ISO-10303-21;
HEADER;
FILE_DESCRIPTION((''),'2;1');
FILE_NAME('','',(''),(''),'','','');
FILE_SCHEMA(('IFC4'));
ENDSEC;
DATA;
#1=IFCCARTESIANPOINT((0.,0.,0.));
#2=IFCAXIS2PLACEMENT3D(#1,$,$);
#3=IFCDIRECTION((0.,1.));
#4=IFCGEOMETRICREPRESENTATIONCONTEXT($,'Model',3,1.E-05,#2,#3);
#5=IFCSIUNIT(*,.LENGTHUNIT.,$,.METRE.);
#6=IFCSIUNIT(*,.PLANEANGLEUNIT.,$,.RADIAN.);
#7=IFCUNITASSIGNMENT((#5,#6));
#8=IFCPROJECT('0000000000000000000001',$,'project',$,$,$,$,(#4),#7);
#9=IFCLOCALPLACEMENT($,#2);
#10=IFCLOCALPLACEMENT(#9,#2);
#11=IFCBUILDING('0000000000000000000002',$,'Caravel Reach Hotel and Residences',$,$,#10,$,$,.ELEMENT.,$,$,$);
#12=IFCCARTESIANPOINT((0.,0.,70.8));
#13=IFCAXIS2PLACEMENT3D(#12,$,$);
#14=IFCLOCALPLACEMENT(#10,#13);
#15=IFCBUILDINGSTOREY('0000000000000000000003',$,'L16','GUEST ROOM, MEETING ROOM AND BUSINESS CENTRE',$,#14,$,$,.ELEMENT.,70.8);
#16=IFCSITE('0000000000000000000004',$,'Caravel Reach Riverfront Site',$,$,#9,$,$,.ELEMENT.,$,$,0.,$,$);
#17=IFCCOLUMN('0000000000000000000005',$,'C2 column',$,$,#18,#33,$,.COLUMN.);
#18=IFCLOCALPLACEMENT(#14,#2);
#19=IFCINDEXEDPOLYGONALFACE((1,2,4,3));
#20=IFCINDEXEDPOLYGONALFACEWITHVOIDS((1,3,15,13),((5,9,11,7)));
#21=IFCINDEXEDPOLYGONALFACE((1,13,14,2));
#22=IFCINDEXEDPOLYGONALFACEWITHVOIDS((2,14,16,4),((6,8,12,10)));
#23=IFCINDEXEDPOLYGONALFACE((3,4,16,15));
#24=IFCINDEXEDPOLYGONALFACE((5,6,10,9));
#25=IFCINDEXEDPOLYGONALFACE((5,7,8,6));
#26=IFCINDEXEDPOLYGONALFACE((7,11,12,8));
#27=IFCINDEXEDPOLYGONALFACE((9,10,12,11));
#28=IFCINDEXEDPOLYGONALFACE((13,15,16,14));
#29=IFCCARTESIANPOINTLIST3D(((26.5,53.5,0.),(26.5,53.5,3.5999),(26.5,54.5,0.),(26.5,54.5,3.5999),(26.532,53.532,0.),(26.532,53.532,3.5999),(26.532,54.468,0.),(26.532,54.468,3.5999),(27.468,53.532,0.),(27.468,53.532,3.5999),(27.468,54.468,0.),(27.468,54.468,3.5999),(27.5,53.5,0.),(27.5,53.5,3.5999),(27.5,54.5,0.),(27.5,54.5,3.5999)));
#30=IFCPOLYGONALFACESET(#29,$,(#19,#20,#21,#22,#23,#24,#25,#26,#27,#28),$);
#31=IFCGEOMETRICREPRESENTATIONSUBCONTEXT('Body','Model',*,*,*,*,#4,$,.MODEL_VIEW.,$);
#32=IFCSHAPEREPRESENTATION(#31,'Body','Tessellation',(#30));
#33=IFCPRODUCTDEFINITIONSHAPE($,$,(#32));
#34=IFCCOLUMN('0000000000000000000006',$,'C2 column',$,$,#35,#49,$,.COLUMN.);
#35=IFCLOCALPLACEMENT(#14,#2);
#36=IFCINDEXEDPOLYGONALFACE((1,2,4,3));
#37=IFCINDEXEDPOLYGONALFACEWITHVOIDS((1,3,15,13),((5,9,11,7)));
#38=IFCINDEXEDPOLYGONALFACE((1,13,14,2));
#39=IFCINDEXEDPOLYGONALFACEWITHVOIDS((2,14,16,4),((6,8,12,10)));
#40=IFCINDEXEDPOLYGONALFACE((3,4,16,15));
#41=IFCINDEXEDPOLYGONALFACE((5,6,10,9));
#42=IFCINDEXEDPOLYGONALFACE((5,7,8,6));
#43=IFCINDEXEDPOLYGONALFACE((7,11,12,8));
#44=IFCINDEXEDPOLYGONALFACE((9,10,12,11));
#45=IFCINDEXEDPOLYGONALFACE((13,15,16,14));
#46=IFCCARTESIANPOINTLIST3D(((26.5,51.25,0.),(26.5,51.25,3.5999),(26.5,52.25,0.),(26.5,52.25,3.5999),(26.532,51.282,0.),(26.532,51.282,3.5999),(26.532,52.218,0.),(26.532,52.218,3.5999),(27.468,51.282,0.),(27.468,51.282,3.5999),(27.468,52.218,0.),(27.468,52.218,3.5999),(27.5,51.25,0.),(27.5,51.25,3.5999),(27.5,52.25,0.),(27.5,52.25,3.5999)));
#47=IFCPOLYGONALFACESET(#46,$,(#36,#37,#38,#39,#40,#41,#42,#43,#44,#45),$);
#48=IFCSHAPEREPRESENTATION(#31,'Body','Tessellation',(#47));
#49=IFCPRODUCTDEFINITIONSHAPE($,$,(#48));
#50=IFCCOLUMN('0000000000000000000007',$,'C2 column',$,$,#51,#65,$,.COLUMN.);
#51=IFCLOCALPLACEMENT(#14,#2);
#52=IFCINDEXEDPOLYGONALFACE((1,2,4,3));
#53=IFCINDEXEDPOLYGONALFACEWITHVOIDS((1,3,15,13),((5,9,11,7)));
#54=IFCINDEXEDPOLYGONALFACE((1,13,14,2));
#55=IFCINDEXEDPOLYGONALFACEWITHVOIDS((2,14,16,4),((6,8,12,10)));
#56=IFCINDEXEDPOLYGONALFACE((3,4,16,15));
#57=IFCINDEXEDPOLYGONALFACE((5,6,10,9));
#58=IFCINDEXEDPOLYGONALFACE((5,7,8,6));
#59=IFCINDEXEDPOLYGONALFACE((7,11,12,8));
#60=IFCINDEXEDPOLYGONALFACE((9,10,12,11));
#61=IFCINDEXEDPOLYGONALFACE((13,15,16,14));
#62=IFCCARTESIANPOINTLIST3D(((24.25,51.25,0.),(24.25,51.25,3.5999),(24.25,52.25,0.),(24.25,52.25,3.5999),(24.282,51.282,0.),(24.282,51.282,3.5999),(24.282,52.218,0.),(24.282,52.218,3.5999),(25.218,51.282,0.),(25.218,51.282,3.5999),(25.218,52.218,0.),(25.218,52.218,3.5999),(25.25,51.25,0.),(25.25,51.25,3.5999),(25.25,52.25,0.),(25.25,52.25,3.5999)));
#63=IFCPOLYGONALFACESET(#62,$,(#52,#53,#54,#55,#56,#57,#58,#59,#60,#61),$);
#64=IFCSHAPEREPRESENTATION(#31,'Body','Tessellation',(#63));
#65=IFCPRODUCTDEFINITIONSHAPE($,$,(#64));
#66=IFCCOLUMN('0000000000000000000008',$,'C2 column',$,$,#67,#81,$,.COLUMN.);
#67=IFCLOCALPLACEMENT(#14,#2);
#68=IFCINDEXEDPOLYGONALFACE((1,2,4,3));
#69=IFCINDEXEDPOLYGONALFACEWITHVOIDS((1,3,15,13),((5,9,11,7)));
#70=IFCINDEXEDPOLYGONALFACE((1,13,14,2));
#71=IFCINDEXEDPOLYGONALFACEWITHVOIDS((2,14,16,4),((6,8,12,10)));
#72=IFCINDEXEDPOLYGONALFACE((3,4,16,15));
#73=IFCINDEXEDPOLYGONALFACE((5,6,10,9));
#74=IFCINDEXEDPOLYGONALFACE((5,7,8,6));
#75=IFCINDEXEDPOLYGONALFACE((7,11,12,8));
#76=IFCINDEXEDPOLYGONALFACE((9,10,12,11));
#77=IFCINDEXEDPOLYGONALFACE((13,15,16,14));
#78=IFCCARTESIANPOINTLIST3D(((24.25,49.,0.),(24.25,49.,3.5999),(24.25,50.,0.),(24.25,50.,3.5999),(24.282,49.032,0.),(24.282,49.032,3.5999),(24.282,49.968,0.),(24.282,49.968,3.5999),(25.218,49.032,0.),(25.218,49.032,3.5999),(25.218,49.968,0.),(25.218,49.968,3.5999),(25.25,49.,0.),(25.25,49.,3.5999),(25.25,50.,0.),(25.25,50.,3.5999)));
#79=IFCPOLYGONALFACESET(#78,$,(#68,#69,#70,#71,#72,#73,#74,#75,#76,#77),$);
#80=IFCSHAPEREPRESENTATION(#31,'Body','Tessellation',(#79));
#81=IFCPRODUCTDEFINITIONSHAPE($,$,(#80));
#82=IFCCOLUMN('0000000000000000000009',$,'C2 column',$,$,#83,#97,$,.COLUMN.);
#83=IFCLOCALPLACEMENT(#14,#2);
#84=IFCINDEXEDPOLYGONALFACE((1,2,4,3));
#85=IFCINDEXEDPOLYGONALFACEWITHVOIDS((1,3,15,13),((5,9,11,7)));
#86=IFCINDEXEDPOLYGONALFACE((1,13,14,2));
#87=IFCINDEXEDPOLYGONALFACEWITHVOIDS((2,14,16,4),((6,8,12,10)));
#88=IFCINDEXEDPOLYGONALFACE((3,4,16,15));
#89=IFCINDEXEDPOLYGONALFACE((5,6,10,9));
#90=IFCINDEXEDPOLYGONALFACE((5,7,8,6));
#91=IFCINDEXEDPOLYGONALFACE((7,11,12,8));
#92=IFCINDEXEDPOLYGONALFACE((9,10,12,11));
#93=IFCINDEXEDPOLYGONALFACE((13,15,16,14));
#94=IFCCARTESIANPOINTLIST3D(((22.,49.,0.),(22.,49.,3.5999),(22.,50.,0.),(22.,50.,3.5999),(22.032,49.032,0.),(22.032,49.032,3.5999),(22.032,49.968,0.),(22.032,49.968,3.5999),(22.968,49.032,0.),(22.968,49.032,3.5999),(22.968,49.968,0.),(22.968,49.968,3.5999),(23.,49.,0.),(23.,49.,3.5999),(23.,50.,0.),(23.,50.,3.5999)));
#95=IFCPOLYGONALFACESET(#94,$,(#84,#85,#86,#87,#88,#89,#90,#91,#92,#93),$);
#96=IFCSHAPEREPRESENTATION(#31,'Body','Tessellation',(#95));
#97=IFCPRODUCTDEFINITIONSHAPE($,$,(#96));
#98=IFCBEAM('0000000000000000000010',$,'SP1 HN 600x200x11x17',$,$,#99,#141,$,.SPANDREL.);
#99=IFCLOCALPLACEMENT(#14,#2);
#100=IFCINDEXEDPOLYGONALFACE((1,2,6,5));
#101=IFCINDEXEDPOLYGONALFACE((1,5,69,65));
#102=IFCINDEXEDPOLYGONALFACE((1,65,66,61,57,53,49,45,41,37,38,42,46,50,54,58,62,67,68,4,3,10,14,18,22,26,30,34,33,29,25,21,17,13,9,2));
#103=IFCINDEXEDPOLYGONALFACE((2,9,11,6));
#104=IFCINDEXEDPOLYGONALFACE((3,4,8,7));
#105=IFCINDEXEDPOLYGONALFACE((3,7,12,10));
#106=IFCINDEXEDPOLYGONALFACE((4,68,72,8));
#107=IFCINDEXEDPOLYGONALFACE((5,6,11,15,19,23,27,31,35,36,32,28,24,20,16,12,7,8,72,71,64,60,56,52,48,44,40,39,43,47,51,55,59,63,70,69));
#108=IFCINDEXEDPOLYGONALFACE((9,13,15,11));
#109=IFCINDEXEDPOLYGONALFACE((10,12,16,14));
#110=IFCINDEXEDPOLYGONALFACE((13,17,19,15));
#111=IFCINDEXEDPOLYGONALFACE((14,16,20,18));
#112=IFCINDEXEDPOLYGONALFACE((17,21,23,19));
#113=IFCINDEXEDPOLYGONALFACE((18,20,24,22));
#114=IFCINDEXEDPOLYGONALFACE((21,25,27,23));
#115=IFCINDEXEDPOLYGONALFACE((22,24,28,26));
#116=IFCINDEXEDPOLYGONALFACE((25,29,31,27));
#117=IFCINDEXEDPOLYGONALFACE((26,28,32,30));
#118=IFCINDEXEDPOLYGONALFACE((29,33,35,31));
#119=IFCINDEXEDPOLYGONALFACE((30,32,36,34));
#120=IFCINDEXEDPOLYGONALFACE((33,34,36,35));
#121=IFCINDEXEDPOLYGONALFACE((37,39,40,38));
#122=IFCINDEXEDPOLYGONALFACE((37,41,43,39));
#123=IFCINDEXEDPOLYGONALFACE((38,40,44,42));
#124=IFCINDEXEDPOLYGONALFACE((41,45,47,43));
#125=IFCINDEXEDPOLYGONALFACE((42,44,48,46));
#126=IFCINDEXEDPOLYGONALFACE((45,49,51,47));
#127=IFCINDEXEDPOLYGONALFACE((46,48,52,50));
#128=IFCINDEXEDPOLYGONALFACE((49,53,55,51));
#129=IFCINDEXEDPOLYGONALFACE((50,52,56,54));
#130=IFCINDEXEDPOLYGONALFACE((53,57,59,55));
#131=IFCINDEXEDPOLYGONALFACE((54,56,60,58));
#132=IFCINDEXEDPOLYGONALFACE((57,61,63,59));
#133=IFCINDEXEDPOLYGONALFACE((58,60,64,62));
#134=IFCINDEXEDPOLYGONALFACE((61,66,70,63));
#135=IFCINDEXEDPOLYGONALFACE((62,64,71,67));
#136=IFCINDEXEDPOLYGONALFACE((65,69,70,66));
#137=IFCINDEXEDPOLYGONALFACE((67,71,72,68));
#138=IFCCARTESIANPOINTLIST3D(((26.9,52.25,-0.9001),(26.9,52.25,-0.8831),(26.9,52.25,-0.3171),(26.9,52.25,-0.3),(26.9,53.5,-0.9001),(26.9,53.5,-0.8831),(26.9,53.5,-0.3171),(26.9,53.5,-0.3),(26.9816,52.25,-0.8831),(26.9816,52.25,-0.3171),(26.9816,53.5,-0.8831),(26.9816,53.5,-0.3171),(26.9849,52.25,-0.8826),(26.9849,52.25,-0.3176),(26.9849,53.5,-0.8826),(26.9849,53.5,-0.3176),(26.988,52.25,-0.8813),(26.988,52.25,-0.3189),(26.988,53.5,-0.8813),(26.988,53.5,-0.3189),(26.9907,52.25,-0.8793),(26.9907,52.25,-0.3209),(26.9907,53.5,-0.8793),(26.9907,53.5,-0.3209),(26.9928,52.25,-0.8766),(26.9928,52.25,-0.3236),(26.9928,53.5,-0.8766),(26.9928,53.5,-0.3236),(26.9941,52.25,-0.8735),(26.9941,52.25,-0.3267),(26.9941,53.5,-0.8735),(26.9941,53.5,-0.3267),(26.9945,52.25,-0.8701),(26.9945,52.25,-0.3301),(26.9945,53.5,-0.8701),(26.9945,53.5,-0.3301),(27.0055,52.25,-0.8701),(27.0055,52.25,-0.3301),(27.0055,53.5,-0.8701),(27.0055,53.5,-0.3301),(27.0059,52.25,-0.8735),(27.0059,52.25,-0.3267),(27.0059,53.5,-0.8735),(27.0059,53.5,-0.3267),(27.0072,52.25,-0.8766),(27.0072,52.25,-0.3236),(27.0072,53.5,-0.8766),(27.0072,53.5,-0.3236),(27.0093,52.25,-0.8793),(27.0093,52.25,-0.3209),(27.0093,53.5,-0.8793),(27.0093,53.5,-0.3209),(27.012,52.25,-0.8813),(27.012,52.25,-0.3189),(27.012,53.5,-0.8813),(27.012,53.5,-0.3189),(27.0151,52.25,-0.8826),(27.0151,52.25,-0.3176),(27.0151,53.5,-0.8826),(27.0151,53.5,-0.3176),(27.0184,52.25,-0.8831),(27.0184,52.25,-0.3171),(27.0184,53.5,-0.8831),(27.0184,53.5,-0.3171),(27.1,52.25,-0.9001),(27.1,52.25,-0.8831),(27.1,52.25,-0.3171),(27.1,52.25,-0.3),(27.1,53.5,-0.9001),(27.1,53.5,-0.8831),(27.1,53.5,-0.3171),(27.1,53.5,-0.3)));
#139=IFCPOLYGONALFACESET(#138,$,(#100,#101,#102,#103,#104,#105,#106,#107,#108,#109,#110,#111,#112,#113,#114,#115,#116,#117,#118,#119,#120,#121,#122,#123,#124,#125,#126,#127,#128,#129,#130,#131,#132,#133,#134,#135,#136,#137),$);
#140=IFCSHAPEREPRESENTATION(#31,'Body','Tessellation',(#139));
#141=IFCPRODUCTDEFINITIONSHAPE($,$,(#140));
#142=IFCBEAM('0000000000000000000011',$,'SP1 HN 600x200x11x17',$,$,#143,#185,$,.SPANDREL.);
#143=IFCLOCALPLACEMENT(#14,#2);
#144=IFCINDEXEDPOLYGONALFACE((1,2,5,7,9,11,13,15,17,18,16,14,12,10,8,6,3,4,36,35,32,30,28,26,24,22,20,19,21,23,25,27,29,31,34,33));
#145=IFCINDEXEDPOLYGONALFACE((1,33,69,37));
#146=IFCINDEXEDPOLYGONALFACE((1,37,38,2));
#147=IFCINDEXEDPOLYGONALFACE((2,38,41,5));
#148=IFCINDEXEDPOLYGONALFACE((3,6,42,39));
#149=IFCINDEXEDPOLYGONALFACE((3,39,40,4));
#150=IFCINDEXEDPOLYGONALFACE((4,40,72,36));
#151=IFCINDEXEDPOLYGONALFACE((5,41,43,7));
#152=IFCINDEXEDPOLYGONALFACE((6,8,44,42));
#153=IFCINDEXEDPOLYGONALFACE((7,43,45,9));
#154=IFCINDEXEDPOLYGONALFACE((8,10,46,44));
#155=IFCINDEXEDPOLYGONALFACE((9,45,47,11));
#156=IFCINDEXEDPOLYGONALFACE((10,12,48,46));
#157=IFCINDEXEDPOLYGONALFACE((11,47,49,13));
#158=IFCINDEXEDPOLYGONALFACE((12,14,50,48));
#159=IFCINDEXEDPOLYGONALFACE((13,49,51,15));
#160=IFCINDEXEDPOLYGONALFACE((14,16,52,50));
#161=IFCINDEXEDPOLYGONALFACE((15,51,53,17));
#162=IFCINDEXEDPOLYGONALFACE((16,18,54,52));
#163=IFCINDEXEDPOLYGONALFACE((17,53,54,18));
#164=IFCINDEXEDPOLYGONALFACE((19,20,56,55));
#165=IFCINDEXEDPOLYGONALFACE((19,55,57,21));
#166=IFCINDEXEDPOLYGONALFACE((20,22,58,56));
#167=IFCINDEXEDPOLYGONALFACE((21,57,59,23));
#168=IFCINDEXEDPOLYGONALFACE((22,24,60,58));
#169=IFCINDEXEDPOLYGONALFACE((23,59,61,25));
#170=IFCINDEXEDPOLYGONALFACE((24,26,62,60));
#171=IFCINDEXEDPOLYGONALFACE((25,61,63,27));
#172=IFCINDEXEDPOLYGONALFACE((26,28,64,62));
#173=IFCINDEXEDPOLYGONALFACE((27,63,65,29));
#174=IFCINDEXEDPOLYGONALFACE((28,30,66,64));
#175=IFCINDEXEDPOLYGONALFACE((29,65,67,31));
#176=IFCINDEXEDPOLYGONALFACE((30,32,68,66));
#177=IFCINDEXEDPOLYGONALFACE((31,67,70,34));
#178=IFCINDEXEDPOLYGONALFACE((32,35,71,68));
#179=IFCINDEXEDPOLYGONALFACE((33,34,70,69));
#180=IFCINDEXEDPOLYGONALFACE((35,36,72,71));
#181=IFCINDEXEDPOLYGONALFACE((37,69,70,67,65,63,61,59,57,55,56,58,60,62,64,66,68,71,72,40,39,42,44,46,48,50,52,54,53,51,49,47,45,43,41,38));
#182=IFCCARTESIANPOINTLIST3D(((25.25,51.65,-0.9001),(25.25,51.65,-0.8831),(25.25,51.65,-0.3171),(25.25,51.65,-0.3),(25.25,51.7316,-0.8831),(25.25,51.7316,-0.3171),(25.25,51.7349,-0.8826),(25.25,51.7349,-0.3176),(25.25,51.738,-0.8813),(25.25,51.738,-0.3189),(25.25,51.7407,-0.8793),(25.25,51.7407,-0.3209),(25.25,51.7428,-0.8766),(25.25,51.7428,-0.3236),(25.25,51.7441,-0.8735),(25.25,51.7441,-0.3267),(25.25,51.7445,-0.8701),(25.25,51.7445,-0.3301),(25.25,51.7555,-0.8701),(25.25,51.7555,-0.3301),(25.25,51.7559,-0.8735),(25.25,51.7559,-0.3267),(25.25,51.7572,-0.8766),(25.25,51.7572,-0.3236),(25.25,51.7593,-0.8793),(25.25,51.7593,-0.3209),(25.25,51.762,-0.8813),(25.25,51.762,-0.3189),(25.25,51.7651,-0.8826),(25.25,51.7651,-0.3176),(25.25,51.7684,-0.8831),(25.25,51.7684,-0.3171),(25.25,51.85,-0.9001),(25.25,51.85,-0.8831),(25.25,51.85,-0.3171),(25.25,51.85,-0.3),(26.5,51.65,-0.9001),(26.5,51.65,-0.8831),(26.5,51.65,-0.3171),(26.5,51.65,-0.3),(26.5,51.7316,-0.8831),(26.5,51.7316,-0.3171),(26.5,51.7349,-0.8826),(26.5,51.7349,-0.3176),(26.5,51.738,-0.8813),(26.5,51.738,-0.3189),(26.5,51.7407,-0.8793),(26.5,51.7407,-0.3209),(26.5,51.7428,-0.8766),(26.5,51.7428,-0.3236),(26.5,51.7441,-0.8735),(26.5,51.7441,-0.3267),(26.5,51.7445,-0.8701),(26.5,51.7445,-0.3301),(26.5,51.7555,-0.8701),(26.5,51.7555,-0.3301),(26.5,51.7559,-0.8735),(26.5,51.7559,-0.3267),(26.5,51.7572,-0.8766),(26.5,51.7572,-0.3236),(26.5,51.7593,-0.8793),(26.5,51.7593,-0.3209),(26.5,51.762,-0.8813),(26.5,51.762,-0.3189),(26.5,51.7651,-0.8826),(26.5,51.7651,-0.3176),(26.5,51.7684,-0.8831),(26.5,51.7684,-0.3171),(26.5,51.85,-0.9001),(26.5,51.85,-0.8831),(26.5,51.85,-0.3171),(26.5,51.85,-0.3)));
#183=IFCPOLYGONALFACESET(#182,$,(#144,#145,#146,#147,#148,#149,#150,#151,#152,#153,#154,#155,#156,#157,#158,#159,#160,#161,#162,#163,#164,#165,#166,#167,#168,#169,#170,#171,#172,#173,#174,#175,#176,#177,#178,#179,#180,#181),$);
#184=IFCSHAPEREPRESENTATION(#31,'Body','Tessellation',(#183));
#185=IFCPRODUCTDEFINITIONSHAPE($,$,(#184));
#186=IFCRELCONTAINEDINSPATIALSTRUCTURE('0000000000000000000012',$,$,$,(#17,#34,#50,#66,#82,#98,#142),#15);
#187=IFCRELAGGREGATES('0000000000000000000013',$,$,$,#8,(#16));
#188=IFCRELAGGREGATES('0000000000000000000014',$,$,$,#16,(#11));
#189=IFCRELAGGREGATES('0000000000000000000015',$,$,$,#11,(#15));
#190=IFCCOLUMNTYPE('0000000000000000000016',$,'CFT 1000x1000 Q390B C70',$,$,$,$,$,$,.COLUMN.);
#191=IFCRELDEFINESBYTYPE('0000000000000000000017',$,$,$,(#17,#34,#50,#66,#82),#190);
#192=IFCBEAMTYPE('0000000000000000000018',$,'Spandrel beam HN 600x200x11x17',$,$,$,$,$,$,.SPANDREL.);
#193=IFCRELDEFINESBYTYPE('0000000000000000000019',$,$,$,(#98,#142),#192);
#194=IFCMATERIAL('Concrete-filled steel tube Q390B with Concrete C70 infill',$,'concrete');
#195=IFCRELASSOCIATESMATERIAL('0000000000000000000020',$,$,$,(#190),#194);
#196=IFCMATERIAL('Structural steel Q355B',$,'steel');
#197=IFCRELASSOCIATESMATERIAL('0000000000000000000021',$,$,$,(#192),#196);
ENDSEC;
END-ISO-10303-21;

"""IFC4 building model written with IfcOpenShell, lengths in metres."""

from ifc_helpers import new_model, si_unit, direction, frame, origin, origin_2d, place, context, subcontext, project, spatial, hollow_rectangle, i_section, extrude, material, material_profile, profile_set, type_object, element, save


model = new_model("IFC4")

# Units and contexts
model_context = context("Model", 3, precision=1e-05, world=origin(), true_north=direction((0.0, 1.0)))
body_context = subcontext(model_context, "Body", "Model", "MODEL_VIEW")
ifc_project = project(units=[si_unit("LENGTHUNIT", "METRE"), si_unit("PLANEANGLEUNIT", "RADIAN")], contexts=[model_context])

# Site, building, storey
site_placement = place(None, origin())
site = spatial("IfcSite", under=ifc_project, at=site_placement, Name="Caravel Reach Riverfront Site", CompositionType="ELEMENT", RefElevation=0.0)
building_placement = place(site_placement, origin())
building = spatial("IfcBuilding", under=site, at=building_placement, Name="Caravel Reach Hotel and Residences", CompositionType="ELEMENT")
storey_placement = place(building_placement, frame((0.0, 0.0, 70.8)))
storey = spatial("IfcBuildingStorey", under=building, at=storey_placement, Name="L16", Description="GUEST ROOM, MEETING ROOM AND BUSINESS CENTRE", CompositionType="ELEMENT", Elevation=70.8)

# Columns
ifc_material_1 = material(Name="Concrete-filled steel tube Q390B with Concrete C70 infill", Category="concrete")
ifc_material_profile_1 = material_profile(ifc_material_1, hollow_rectangle(XDim=1.0, YDim=1.0, WallThickness=0.032, at=origin_2d()), Name="RHS 1000x1000x32")
ifc_profile_set_1 = profile_set([ifc_material_profile_1], Name="Concrete-filled steel tube Q390B with Concrete C70 infill")
column_type = type_object("IfcColumnType", Name="CFT 1000x1000 Q390B C70", PredefinedType="COLUMN", material=ifc_profile_set_1)
for number, where, z_axis, x_axis, name in (
    (1, (27.0, 54.0, 0.0), (0.0, 0.0, 1.0), (1.0, 0.0, 0.0), "C2 column"),
    (2, (27.0, 51.75, 0.0), (0.0, 0.0, 1.0), (1.0, 0.0, 0.0), "C2 column"),
    (3, (24.75, 51.75, 0.0), (0.0, 0.0, 1.0), (1.0, 0.0, 0.0), "C2 column"),
    (4, (24.75, 49.5, 0.0), (0.0, 0.0, 1.0), (1.0, 0.0, 0.0), "C2 column"),
    (5, (22.5, 49.5, 0.0), (0.0, 0.0, 1.0), (1.0, 0.0, 0.0), "C2 column"),
):
    element("IfcColumn", number, at=place(storey_placement, frame(where, z_axis=z_axis, x_axis=x_axis)), inside=storey, type_object=column_type, Name=name, PredefinedType="COLUMN", context=body_context, shape_type="SweptSolid", body=[
        extrude(hollow_rectangle(XDim=1.0, YDim=1.0, WallThickness=0.032, at=origin_2d()), origin(), (0.0, 0.0, 1.0), 3.5999),
    ])

# Beams
ifc_material_2 = material(Name="Structural steel Q355B", Category="steel")
ifc_material_profile_2 = material_profile(ifc_material_2, i_section(OverallWidth=0.2, OverallDepth=0.6001, WebThickness=0.011, FlangeThickness=0.0171, FilletRadius=0.0129, at=origin_2d()), Name="HN 600x200x11x17")
ifc_profile_set_2 = profile_set([ifc_material_profile_2], Name="Structural steel Q355B")
beam_type = type_object("IfcBeamType", Name="Spandrel beam HN 600x200x11x17", PredefinedType="SPANDREL", material=ifc_profile_set_2)
for number, where, z_axis, x_axis, name in (
    (6, (27.0, 53.5, -0.6001), (0.0, -1.0, 0.0), (1.0, 0.0, 0.0), "SP1 HN 600x200x11x17"),
    (7, (26.5, 51.75, -0.6001), (-1.0, 0.0, 0.0), (0.0, -1.0, 0.0), "SP1 HN 600x200x11x17"),
):
    element("IfcBeam", number, at=place(storey_placement, frame(where, z_axis=z_axis, x_axis=x_axis)), inside=storey, type_object=beam_type, Name=name, PredefinedType="SPANDREL", context=body_context, shape_type="SweptSolid", body=[
        extrude(i_section(OverallWidth=0.2, OverallDepth=0.6001, WebThickness=0.011, FlangeThickness=0.0171, FilletRadius=0.0129, at=origin_2d()), origin(), (0.0, 0.0, 1.0), 1.25),
    ])

save(model, "model.ifc")
